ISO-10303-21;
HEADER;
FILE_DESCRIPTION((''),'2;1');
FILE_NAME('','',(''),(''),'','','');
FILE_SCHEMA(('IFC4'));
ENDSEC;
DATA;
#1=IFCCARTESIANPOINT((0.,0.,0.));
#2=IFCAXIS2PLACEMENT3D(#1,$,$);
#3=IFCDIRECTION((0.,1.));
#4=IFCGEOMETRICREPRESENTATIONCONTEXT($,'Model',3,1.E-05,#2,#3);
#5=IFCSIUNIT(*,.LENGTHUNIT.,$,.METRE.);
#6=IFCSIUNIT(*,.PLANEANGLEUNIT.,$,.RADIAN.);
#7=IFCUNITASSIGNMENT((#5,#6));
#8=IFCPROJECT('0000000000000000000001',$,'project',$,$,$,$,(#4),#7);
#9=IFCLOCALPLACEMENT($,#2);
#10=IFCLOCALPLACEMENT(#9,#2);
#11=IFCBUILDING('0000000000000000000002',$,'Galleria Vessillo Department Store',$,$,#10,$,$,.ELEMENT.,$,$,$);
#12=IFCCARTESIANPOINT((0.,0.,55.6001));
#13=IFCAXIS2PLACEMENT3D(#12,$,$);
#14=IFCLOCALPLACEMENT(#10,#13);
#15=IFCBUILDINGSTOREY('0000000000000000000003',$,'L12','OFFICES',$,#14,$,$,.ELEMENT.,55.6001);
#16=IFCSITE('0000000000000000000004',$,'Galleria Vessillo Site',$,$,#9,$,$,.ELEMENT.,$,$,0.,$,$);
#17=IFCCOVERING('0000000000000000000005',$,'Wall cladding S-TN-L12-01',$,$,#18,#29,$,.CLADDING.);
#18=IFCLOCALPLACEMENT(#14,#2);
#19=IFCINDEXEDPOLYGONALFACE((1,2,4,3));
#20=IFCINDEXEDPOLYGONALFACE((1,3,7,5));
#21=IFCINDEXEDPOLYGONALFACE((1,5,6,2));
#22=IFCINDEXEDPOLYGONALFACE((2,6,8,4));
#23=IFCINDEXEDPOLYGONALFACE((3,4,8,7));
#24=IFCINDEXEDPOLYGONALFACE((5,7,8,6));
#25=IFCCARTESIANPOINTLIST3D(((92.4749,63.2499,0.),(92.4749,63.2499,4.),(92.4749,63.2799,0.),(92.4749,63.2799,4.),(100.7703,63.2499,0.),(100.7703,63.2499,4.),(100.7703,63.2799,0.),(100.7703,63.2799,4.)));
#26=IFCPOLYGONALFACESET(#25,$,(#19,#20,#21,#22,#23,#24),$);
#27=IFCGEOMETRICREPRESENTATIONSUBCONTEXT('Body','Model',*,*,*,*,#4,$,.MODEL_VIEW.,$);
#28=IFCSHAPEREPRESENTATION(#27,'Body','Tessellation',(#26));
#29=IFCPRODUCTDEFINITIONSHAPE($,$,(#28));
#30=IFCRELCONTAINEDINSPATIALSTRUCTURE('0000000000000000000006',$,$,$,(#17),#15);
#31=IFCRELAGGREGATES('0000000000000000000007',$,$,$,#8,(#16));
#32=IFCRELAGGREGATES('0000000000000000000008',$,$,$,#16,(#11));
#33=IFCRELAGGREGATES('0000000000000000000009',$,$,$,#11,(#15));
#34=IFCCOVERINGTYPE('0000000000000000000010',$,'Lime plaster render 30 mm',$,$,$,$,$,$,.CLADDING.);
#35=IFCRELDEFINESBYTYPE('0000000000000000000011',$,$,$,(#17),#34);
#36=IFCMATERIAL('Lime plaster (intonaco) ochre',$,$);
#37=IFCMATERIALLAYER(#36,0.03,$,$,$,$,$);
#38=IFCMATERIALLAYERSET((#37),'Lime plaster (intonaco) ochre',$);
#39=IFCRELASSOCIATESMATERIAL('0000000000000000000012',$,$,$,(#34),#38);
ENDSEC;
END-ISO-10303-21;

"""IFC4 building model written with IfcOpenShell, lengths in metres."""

from ifc_helpers import new_model, si_unit, direction, frame, origin, origin_2d, place, context, subcontext, project, spatial, rectangle, extrude, material, layer, layer_set, type_object, element, save


model = new_model("IFC4")

# Units and contexts
model_context = context("Model", 3, precision=1e-05, world=origin(), true_north=direction((0.0, 1.0)))
body_context = subcontext(model_context, "Body", "Model", "MODEL_VIEW")
ifc_project = project(units=[si_unit("LENGTHUNIT", "METRE"), si_unit("PLANEANGLEUNIT", "RADIAN")], contexts=[model_context])

# Site, building, storey
site_placement = place(None, origin())
site = spatial("IfcSite", under=ifc_project, at=site_placement, Name="Galleria Vessillo Site", CompositionType="ELEMENT", RefElevation=0.0)
building_placement = place(site_placement, origin())
building = spatial("IfcBuilding", under=site, at=building_placement, Name="Galleria Vessillo Department Store", CompositionType="ELEMENT")
storey_placement = place(building_placement, frame((0.0, 0.0, 55.6001)))
storey = spatial("IfcBuildingStorey", under=building, at=storey_placement, Name="L12", Description="OFFICES", CompositionType="ELEMENT", Elevation=55.6001)

# Covering
ifc_material_1 = material(Name="Lime plaster (intonaco) ochre")
ifc_layer_1 = layer(ifc_material_1, 0.03)
ifc_layer_set_1 = layer_set([ifc_layer_1], Name="Lime plaster (intonaco) ochre")
covering_type = type_object("IfcCoveringType", Name="Lime plaster render 30 mm", PredefinedType="CLADDING", material=ifc_layer_set_1)
covering_placement = place(storey_placement, frame((96.6226, 63.2649, 0.0), z_axis=(0.0, 0.0, 1.0), x_axis=(1.0, 0.0, 0.0)))
element("IfcCovering", 1, at=covering_placement, inside=storey, type_object=covering_type, Name="Wall cladding S-TN-L12-01", PredefinedType="CLADDING", context=body_context, shape_type="SweptSolid", body=[
    extrude(rectangle(XDim=8.2954, YDim=0.03, at=origin_2d()), origin(), (0.0, 0.0, 1.0), 4.0),
])

save(model, "model.ifc")
